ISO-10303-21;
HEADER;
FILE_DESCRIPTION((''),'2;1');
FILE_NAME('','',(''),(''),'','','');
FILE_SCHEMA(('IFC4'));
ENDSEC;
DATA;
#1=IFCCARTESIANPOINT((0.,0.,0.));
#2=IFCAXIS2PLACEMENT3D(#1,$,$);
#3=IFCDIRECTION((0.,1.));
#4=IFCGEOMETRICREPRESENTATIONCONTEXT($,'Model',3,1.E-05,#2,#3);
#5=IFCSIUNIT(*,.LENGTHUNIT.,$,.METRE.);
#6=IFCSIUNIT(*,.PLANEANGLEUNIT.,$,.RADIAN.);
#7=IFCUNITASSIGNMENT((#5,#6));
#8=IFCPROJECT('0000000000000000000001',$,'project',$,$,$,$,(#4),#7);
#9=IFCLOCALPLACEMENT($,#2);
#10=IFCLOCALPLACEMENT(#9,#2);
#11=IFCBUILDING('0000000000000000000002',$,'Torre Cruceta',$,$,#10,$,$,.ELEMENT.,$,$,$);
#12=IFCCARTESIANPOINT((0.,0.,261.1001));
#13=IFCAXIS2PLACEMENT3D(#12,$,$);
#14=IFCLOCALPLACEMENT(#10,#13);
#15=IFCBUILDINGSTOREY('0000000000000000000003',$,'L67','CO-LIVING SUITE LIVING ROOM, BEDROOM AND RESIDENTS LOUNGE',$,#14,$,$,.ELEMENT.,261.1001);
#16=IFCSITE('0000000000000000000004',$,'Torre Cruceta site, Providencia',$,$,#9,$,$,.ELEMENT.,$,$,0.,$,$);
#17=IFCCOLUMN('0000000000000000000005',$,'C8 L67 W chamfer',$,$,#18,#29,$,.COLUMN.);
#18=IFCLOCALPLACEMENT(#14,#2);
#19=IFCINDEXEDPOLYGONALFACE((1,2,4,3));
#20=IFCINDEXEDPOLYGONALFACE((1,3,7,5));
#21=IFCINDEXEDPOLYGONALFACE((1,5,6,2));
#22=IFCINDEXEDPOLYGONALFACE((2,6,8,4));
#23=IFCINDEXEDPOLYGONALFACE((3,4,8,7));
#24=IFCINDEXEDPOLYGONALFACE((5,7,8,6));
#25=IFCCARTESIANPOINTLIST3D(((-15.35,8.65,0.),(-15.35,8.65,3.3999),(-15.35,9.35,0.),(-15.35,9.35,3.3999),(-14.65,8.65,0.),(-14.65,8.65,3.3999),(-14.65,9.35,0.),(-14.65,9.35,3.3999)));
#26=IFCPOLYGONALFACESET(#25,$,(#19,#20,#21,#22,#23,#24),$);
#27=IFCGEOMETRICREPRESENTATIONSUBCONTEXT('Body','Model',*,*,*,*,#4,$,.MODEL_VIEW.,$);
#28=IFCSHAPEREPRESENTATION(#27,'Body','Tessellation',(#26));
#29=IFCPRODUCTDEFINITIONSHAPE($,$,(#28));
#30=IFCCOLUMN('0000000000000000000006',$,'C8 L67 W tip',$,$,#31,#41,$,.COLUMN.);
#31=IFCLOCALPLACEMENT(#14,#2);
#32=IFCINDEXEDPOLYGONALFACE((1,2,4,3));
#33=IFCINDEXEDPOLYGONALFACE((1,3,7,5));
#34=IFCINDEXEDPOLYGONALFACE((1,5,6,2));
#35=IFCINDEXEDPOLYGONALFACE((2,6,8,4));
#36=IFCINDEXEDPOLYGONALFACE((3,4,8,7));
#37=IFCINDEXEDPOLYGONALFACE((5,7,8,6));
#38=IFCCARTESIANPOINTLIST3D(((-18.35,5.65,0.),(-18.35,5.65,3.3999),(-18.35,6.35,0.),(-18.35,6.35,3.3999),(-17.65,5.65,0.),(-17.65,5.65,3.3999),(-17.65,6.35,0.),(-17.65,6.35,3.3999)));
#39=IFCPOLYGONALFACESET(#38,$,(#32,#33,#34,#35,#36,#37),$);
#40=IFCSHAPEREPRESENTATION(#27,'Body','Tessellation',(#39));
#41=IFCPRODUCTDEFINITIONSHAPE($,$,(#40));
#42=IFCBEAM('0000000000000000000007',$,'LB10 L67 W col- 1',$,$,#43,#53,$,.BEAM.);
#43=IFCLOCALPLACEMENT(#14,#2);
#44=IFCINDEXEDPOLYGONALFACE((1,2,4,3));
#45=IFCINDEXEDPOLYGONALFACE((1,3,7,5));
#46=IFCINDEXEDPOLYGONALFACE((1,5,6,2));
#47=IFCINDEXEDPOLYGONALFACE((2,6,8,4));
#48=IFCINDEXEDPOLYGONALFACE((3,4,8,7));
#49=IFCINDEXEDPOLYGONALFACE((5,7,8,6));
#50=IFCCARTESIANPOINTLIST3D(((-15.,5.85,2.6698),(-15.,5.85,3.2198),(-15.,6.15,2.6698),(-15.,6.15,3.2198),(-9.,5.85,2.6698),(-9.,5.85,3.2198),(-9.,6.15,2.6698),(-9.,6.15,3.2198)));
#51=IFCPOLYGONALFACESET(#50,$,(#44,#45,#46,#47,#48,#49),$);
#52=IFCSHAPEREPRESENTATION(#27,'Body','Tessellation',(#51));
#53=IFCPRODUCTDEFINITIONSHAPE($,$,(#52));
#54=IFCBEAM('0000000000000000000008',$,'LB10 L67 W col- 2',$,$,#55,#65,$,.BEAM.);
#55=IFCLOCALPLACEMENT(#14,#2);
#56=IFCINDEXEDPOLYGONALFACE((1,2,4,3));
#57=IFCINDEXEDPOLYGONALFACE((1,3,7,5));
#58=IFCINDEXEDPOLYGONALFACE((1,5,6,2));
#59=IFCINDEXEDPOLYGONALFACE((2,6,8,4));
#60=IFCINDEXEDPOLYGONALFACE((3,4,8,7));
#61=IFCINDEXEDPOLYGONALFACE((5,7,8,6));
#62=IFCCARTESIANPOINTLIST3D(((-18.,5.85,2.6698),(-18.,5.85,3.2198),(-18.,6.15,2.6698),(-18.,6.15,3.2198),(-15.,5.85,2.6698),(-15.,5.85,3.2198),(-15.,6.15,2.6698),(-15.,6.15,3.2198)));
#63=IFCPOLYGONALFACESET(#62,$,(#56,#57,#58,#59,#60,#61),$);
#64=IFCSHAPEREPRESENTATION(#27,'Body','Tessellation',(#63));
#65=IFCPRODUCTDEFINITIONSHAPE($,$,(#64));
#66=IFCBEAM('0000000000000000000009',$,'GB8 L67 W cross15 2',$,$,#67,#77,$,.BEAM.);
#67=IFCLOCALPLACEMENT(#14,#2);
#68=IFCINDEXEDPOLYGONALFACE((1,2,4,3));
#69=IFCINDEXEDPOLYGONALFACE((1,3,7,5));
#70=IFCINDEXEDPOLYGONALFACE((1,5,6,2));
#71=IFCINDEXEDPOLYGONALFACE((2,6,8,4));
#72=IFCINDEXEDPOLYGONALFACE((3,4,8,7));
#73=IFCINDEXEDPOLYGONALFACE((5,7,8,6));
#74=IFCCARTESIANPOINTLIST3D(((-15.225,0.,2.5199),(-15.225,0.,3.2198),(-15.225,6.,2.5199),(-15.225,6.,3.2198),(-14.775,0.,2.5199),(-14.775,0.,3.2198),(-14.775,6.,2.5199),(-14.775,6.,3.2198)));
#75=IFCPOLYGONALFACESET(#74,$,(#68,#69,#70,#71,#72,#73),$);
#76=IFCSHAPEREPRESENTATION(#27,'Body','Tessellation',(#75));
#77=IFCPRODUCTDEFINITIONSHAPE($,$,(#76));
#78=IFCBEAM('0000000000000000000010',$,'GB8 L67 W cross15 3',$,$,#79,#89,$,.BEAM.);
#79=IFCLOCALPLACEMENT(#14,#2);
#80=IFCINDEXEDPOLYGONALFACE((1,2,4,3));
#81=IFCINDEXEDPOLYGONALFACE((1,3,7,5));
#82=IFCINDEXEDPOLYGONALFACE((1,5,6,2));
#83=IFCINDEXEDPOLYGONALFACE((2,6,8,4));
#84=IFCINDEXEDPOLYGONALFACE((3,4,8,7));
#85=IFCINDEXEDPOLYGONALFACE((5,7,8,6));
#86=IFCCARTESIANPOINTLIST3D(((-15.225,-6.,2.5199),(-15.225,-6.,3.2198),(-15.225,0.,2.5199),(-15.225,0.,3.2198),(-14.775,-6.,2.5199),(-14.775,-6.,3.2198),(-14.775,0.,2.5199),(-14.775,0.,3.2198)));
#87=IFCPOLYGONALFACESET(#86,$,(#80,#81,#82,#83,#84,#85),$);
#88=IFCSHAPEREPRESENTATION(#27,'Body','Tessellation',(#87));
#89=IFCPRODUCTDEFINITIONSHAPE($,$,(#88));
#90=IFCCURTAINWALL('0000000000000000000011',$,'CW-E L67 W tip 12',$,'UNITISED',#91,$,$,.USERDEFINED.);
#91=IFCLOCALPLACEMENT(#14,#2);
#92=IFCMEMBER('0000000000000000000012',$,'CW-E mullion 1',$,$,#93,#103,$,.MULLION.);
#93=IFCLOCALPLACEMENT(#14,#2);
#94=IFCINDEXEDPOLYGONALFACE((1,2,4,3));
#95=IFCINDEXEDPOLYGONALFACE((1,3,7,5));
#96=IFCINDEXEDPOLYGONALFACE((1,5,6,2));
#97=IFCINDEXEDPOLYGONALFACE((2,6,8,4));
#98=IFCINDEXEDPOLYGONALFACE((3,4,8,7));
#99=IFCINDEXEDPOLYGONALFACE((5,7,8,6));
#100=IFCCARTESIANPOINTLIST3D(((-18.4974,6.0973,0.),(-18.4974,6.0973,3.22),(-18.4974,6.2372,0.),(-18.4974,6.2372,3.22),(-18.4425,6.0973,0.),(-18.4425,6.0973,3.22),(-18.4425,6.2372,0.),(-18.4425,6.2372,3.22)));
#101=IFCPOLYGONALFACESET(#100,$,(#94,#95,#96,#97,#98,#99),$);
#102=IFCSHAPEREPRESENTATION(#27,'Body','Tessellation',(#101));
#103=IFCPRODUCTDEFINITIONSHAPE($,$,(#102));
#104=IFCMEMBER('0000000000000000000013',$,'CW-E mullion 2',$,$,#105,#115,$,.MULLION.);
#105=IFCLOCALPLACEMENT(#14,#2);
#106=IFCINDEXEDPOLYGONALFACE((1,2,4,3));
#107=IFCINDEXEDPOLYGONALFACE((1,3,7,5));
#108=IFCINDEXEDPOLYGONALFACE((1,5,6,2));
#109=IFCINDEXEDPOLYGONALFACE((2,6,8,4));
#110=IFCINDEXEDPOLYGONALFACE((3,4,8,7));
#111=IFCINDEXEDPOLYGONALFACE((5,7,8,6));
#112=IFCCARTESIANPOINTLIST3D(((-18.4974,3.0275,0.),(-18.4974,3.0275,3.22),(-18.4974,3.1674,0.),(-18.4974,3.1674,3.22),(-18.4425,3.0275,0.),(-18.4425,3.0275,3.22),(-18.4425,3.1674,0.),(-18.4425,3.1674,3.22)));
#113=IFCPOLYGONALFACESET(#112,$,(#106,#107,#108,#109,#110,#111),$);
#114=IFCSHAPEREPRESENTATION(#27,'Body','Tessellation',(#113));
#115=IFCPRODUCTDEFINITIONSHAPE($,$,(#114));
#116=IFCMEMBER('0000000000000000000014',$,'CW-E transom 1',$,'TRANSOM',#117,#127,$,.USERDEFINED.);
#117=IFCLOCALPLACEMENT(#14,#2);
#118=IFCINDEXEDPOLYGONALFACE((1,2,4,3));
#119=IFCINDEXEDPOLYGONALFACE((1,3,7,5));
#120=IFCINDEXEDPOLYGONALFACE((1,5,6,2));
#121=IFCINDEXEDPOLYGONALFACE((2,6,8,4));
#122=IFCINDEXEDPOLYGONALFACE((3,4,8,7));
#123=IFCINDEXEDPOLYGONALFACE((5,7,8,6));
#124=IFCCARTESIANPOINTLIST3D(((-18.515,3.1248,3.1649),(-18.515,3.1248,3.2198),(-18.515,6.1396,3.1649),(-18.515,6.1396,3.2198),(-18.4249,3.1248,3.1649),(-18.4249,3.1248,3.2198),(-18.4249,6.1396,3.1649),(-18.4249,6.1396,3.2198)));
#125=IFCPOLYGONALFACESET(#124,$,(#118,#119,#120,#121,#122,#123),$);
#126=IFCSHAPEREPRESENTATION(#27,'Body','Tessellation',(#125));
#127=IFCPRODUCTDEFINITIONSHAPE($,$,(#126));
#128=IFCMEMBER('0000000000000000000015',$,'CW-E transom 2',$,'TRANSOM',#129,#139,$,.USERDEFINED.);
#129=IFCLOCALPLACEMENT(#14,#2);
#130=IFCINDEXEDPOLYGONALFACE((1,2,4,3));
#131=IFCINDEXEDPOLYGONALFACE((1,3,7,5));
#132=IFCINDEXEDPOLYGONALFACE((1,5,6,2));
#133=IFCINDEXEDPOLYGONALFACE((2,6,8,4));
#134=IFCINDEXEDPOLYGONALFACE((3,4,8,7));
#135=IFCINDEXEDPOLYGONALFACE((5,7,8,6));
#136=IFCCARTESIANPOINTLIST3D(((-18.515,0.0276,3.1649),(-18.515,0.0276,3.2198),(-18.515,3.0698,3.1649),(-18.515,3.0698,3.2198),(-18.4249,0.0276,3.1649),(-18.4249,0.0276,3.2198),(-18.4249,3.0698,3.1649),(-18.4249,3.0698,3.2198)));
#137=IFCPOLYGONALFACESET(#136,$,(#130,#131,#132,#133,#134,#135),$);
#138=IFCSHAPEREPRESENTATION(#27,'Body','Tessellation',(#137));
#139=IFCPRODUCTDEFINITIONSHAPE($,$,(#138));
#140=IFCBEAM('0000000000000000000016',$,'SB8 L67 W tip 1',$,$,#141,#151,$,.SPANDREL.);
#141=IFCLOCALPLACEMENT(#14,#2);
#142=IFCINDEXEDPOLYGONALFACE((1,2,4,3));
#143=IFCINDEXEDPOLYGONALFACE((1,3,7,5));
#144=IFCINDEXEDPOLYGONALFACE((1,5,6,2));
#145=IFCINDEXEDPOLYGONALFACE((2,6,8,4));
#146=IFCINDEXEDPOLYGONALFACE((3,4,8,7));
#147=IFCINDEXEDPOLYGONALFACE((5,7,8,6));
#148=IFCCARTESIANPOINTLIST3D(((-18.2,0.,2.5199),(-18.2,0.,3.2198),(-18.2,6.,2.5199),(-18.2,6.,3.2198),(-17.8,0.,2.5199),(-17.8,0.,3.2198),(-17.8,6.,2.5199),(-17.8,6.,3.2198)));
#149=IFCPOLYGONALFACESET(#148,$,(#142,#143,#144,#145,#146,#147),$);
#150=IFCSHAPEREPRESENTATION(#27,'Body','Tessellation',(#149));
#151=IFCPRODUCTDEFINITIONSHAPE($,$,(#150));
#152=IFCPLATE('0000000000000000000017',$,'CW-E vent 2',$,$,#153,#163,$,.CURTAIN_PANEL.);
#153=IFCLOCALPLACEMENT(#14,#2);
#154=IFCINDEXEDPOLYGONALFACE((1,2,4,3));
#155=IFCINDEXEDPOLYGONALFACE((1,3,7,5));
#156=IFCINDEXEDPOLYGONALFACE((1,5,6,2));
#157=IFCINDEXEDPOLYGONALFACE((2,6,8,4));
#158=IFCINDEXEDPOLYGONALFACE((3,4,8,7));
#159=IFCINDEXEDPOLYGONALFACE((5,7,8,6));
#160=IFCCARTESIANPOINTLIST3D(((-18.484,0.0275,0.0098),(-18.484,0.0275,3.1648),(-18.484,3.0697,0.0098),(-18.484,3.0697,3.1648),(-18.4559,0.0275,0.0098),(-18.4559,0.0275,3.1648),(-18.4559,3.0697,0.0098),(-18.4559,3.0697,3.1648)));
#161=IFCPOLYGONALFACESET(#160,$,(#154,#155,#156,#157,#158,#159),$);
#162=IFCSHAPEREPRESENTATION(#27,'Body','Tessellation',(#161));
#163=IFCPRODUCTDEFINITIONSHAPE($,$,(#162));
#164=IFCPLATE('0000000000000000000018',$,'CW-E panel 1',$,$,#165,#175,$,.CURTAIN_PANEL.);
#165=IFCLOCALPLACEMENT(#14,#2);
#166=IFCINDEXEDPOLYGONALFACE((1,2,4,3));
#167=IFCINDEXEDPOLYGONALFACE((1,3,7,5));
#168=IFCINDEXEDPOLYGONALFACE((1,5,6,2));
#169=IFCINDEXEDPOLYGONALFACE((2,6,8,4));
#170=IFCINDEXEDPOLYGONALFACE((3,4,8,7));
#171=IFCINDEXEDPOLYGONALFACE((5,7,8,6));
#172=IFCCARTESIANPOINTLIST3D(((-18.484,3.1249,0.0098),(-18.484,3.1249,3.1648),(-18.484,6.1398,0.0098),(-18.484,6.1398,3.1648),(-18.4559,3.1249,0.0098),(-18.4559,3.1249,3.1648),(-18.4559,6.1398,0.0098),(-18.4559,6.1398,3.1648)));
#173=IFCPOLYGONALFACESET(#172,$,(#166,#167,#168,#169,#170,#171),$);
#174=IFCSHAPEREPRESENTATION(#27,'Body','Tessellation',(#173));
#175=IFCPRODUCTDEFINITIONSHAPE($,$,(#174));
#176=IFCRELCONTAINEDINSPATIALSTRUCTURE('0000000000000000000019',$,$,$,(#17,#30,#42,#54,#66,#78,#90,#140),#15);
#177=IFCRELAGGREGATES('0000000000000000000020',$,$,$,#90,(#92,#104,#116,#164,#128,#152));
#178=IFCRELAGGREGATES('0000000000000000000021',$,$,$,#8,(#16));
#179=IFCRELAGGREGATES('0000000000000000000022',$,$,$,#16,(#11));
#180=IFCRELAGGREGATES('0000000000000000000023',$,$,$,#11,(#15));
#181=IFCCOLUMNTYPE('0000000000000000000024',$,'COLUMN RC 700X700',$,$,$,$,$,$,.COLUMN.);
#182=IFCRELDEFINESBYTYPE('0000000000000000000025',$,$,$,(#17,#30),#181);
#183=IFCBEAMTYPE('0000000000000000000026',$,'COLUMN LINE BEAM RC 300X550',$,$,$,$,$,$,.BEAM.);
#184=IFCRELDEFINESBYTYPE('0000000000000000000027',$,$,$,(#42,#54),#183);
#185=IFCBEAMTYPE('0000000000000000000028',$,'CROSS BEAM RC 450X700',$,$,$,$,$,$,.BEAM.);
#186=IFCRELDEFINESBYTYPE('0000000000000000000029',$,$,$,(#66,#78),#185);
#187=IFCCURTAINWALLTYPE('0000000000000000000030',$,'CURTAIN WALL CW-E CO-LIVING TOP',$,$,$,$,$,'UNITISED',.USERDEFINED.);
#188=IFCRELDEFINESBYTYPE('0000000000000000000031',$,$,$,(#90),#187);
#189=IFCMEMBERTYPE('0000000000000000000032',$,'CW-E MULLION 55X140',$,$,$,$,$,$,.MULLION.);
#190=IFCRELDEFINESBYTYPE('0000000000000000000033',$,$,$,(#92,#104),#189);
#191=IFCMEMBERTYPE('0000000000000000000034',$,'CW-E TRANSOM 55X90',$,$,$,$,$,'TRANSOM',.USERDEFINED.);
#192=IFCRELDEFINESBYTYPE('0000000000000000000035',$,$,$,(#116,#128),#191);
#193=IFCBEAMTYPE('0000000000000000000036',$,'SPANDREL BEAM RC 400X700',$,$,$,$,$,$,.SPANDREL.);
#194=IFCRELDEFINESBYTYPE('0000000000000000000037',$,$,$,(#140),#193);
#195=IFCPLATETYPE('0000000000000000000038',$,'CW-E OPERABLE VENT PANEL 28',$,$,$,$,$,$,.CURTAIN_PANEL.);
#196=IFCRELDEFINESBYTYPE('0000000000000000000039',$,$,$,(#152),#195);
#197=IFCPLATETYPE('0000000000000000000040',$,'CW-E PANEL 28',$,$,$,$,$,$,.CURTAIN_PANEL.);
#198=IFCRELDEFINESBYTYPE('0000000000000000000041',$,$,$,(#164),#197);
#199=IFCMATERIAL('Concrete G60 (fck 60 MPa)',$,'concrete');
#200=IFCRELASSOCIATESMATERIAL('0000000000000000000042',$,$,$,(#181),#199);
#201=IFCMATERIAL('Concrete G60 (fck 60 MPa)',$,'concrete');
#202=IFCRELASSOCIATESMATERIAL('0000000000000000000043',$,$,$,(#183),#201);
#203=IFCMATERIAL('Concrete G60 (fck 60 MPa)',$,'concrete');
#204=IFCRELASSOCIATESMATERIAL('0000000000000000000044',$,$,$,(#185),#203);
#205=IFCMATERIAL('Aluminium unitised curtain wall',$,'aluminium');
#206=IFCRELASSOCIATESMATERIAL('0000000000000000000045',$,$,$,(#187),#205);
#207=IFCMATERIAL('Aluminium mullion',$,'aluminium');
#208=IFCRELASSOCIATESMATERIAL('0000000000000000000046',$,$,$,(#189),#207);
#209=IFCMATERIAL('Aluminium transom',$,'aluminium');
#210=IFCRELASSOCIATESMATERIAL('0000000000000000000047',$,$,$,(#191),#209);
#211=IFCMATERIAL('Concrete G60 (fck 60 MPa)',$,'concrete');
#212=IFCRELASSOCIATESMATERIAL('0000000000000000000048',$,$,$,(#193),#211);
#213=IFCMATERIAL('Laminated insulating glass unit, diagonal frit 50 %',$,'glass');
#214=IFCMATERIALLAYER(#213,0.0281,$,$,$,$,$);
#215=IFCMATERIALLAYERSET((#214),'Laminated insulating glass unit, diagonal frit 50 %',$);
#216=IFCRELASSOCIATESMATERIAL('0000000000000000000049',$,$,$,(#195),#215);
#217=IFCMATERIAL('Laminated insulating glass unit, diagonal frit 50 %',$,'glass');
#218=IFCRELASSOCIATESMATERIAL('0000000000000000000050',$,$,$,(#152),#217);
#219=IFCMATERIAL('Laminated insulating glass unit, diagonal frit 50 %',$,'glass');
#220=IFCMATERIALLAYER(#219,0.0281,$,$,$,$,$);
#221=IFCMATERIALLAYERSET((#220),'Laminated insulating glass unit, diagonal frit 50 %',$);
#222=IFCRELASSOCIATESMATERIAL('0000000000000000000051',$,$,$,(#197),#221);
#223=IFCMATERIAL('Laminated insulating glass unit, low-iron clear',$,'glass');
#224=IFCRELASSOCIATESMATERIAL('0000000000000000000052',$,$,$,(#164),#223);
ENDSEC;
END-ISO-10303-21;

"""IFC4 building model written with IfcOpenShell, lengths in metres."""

from ifc_helpers import new_model, si_unit, direction, frame, origin, origin_2d, place, context, subcontext, project, spatial, rectangle, extrude, material, layer, layer_set, material_profile, profile_set, type_object, element, aggregate, save


model = new_model("IFC4")

# Units and contexts
model_context = context("Model", 3, precision=1e-05, world=origin(), true_north=direction((0.0, 1.0)))
body_context = subcontext(model_context, "Body", "Model", "MODEL_VIEW")
ifc_project = project(units=[si_unit("LENGTHUNIT", "METRE"), si_unit("PLANEANGLEUNIT", "RADIAN")], contexts=[model_context])

# Site, building, storey
site_placement = place(None, origin())
site = spatial("IfcSite", under=ifc_project, at=site_placement, Name="Torre Cruceta site, Providencia", CompositionType="ELEMENT", RefElevation=0.0)
building_placement = place(site_placement, origin())
building = spatial("IfcBuilding", under=site, at=building_placement, Name="Torre Cruceta", CompositionType="ELEMENT")
storey_placement = place(building_placement, frame((0.0, 0.0, 261.1001)))
storey = spatial("IfcBuildingStorey", under=building, at=storey_placement, Name="L67", Description="CO-LIVING SUITE LIVING ROOM, BEDROOM AND RESIDENTS LOUNGE", CompositionType="ELEMENT", Elevation=261.1001)

# Columns
ifc_material_1 = material(Name="Concrete G60 (fck 60 MPa)", Category="concrete")
ifc_material_profile_1 = material_profile(ifc_material_1, rectangle(XDim=0.7, YDim=0.7, at=origin_2d()), Name="RC 700X700")
ifc_profile_set_1 = profile_set([ifc_material_profile_1], Name="Concrete G60 (fck 60 MPa)")
column_type = type_object("IfcColumnType", Name="COLUMN RC 700X700", PredefinedType="COLUMN", material=ifc_profile_set_1)
for number, where, z_axis, x_axis, name in (
    (1, (-15.0, 9.0, 0.0), (0.0, 0.0, 1.0), (1.0, 0.0, 0.0), "C8 L67 W chamfer"),
    (2, (-18.0, 6.0, 0.0), (0.0, 0.0, 1.0), (1.0, 0.0, 0.0), "C8 L67 W tip"),
):
    element("IfcColumn", number, at=place(storey_placement, frame(where, z_axis=z_axis, x_axis=x_axis)), inside=storey, type_object=column_type, Name=name, PredefinedType="COLUMN", context=body_context, shape_type="SweptSolid", body=[
        extrude(rectangle(XDim=0.7, YDim=0.7, at=origin_2d()), origin(), (0.0, 0.0, 1.0), 3.3999),
    ])

# Beams
ifc_material_2 = material(Name="Concrete G60 (fck 60 MPa)", Category="concrete")
ifc_material_profile_2 = material_profile(ifc_material_2, rectangle(XDim=0.3, YDim=0.55, at=origin_2d()), Name="RC 300X550")
ifc_profile_set_2 = profile_set([ifc_material_profile_2], Name="Concrete G60 (fck 60 MPa)")
beam_type_1 = type_object("IfcBeamType", Name="COLUMN LINE BEAM RC 300X550", PredefinedType="BEAM", material=ifc_profile_set_2)
beam_1_placement = place(storey_placement, frame((-9.0, 6.0, 2.9448), z_axis=(-1.0, 0.0, 0.0), x_axis=(0.0, -1.0, 0.0)))
element("IfcBeam", 3, at=beam_1_placement, inside=storey, type_object=beam_type_1, Name="LB10 L67 W col- 1", PredefinedType="BEAM", context=body_context, shape_type="SweptSolid", body=[
    extrude(rectangle(XDim=0.3, YDim=0.55, at=origin_2d()), origin(), (0.0, 0.0, 1.0), 6.0),
])
beam_2_placement = place(storey_placement, frame((-15.0, 6.0, 2.9448), z_axis=(-1.0, 0.0, 0.0), x_axis=(0.0, -1.0, 0.0)))
element("IfcBeam", 4, at=beam_2_placement, inside=storey, type_object=beam_type_1, Name="LB10 L67 W col- 2", PredefinedType="BEAM", context=body_context, shape_type="SweptSolid", body=[
    extrude(rectangle(XDim=0.3, YDim=0.55, at=origin_2d()), origin(), (0.0, 0.0, 1.0), 3.0),
])
ifc_material_3 = material(Name="Concrete G60 (fck 60 MPa)", Category="concrete")
ifc_material_profile_3 = material_profile(ifc_material_3, rectangle(XDim=0.45, YDim=0.7, at=origin_2d()), Name="RC 450X700")
ifc_profile_set_3 = profile_set([ifc_material_profile_3], Name="Concrete G60 (fck 60 MPa)")
beam_type_2 = type_object("IfcBeamType", Name="CROSS BEAM RC 450X700", PredefinedType="BEAM", material=ifc_profile_set_3)
for number, where, z_axis, x_axis, name in (
    (5, (-15.0, 6.0, 2.8699), (0.0, -1.0, 0.0), (1.0, 0.0, 0.0), "GB8 L67 W cross15 2"),
    (6, (-15.0, 0.0, 2.8699), (0.0, -1.0, 0.0), (1.0, 0.0, 0.0), "GB8 L67 W cross15 3"),
):
    element("IfcBeam", number, at=place(storey_placement, frame(where, z_axis=z_axis, x_axis=x_axis)), inside=storey, type_object=beam_type_2, Name=name, PredefinedType="BEAM", context=body_context, shape_type="SweptSolid", body=[
        extrude(rectangle(XDim=0.45, YDim=0.7, at=origin_2d()), origin(), (0.0, 0.0, 1.0), 6.0),
    ])

# Curtain wall, members
ifc_material_4 = material(Name="Aluminium unitised curtain wall", Category="aluminium")
curtain_wall_type = type_object("IfcCurtainWallType", Name="CURTAIN WALL CW-E CO-LIVING TOP", ElementType="UNITISED", PredefinedType="USERDEFINED", material=ifc_material_4)
curtain_wall_placement = place(storey_placement, origin())
curtain_wall = element("IfcCurtainWall", 7, at=curtain_wall_placement, inside=storey, type_object=curtain_wall_type, Name="CW-E L67 W tip 12", ObjectType="UNITISED", PredefinedType="USERDEFINED")
ifc_material_5 = material(Name="Aluminium mullion", Category="aluminium")
ifc_material_profile_4 = material_profile(ifc_material_5, rectangle(XDim=0.0549, YDim=0.1399, at=origin_2d()), Name="AL 55X140")
ifc_profile_set_4 = profile_set([ifc_material_profile_4], Name="Aluminium mullion")
member_type_1 = type_object("IfcMemberType", Name="CW-E MULLION 55X140", PredefinedType="MULLION", material=ifc_profile_set_4)
member_1_placement = place(storey_placement, frame((-18.47, 6.1672, 0.0), z_axis=(0.0, 0.0, 1.0), x_axis=(1.0, 0.0, 0.0)))
member_1 = element("IfcMember", 8, at=member_1_placement, type_object=member_type_1, Name="CW-E mullion 1", PredefinedType="MULLION", context=body_context, shape_type="SweptSolid", body=[
    extrude(rectangle(XDim=0.0549, YDim=0.1399, at=origin_2d()), origin(), (0.0, 0.0, 1.0), 3.22),
])
member_2_placement = place(storey_placement, frame((-18.47, 3.0974, 0.0), z_axis=(0.0, 0.0, 1.0), x_axis=(1.0, 0.0, 0.0)))
member_2 = element("IfcMember", 9, at=member_2_placement, type_object=member_type_1, Name="CW-E mullion 2", PredefinedType="MULLION", context=body_context, shape_type="SweptSolid", body=[
    extrude(rectangle(XDim=0.0549, YDim=0.1399, at=origin_2d()), origin(), (0.0, 0.0, 1.0), 3.22),
])
ifc_material_6 = material(Name="Aluminium transom", Category="aluminium")
ifc_material_profile_5 = material_profile(ifc_material_6, rectangle(XDim=0.0901, YDim=0.0549, at=origin_2d()), Name="AL 90X55")
ifc_profile_set_5 = profile_set([ifc_material_profile_5], Name="Aluminium transom")
member_type_2 = type_object("IfcMemberType", Name="CW-E TRANSOM 55X90", ElementType="TRANSOM", PredefinedType="USERDEFINED", material=ifc_profile_set_5)
member_3_placement = place(storey_placement, frame((-18.47, 6.1396, 3.1924), z_axis=(0.0, -1.0, 0.0), x_axis=(1.0, 0.0, 0.0)))
member_3 = element("IfcMember", 10, at=member_3_placement, type_object=member_type_2, Name="CW-E transom 1", ObjectType="TRANSOM", PredefinedType="USERDEFINED", context=body_context, shape_type="SweptSolid", body=[
    extrude(rectangle(XDim=0.0901, YDim=0.0549, at=origin_2d()), origin(), (0.0, 0.0, 1.0), 3.0149),
])
member_4_placement = place(storey_placement, frame((-18.47, 3.0698, 3.1924), z_axis=(0.0, -1.0, 0.0), x_axis=(1.0, 0.0, 0.0)))
member_4 = element("IfcMember", 11, at=member_4_placement, type_object=member_type_2, Name="CW-E transom 2", ObjectType="TRANSOM", PredefinedType="USERDEFINED", context=body_context, shape_type="SweptSolid", body=[
    extrude(rectangle(XDim=0.0901, YDim=0.0549, at=origin_2d()), origin(), (0.0, 0.0, 1.0), 3.0422),
])

# Beam
ifc_material_7 = material(Name="Concrete G60 (fck 60 MPa)", Category="concrete")
ifc_material_profile_6 = material_profile(ifc_material_7, rectangle(XDim=0.3999, YDim=0.7, at=origin_2d()), Name="RC 400X700")
ifc_profile_set_6 = profile_set([ifc_material_profile_6], Name="Concrete G60 (fck 60 MPa)")
beam_type_3 = type_object("IfcBeamType", Name="SPANDREL BEAM RC 400X700", PredefinedType="SPANDREL", material=ifc_profile_set_6)
beam_3_placement = place(storey_placement, frame((-18.0, 6.0, 2.8699), z_axis=(0.0, -1.0, 0.0), x_axis=(1.0, 0.0, 0.0)))
element("IfcBeam", 12, at=beam_3_placement, inside=storey, type_object=beam_type_3, Name="SB8 L67 W tip 1", PredefinedType="SPANDREL", context=body_context, shape_type="SweptSolid", body=[
    extrude(rectangle(XDim=0.3999, YDim=0.7, at=origin_2d()), origin(), (0.0, 0.0, 1.0), 6.0),
])

# Plates
ifc_material_8 = material(Name="Laminated insulating glass unit, diagonal frit 50 %", Category="glass")
ifc_material_9 = material(Name="Laminated insulating glass unit, diagonal frit 50 %", Category="glass")
ifc_layer_1 = layer(ifc_material_9, 0.0281)
ifc_layer_set_1 = layer_set([ifc_layer_1], Name="Laminated insulating glass unit, diagonal frit 50 %")
plate_type_1 = type_object("IfcPlateType", Name="CW-E OPERABLE VENT PANEL 28", PredefinedType="CURTAIN_PANEL", material=ifc_layer_set_1)
plate_1_placement = place(storey_placement, frame((-18.47, 1.5486, 0.0098), z_axis=(0.0, 0.0, 1.0), x_axis=(0.0, -1.0, 0.0)))
plate_1 = element("IfcPlate", 13, at=plate_1_placement, type_object=plate_type_1, material=ifc_material_8, Name="CW-E vent 2", PredefinedType="CURTAIN_PANEL", context=body_context, shape_type="SweptSolid", body=[
    extrude(rectangle(XDim=3.0422, YDim=0.0281, at=origin_2d()), origin(), (0.0, 0.0, 1.0), 3.155),
])
ifc_material_10 = material(Name="Laminated insulating glass unit, low-iron clear", Category="glass")
ifc_material_11 = material(Name="Laminated insulating glass unit, diagonal frit 50 %", Category="glass")
ifc_layer_2 = layer(ifc_material_11, 0.0281)
ifc_layer_set_2 = layer_set([ifc_layer_2], Name="Laminated insulating glass unit, diagonal frit 50 %")
plate_type_2 = type_object("IfcPlateType", Name="CW-E PANEL 28", PredefinedType="CURTAIN_PANEL", material=ifc_layer_set_2)
plate_2_placement = place(storey_placement, frame((-18.47, 4.6323, 0.0098), z_axis=(0.0, 0.0, 1.0), x_axis=(0.0, -1.0, 0.0)))
plate_2 = element("IfcPlate", 14, at=plate_2_placement, type_object=plate_type_2, material=ifc_material_10, Name="CW-E panel 1", PredefinedType="CURTAIN_PANEL", context=body_context, shape_type="SweptSolid", body=[
    extrude(rectangle(XDim=3.0149, YDim=0.0281, at=origin_2d()), origin(), (0.0, 0.0, 1.0), 3.155),
])
aggregate(curtain_wall, [member_1, member_2, member_3, plate_2, member_4, plate_1])

save(model, "model.ifc")
